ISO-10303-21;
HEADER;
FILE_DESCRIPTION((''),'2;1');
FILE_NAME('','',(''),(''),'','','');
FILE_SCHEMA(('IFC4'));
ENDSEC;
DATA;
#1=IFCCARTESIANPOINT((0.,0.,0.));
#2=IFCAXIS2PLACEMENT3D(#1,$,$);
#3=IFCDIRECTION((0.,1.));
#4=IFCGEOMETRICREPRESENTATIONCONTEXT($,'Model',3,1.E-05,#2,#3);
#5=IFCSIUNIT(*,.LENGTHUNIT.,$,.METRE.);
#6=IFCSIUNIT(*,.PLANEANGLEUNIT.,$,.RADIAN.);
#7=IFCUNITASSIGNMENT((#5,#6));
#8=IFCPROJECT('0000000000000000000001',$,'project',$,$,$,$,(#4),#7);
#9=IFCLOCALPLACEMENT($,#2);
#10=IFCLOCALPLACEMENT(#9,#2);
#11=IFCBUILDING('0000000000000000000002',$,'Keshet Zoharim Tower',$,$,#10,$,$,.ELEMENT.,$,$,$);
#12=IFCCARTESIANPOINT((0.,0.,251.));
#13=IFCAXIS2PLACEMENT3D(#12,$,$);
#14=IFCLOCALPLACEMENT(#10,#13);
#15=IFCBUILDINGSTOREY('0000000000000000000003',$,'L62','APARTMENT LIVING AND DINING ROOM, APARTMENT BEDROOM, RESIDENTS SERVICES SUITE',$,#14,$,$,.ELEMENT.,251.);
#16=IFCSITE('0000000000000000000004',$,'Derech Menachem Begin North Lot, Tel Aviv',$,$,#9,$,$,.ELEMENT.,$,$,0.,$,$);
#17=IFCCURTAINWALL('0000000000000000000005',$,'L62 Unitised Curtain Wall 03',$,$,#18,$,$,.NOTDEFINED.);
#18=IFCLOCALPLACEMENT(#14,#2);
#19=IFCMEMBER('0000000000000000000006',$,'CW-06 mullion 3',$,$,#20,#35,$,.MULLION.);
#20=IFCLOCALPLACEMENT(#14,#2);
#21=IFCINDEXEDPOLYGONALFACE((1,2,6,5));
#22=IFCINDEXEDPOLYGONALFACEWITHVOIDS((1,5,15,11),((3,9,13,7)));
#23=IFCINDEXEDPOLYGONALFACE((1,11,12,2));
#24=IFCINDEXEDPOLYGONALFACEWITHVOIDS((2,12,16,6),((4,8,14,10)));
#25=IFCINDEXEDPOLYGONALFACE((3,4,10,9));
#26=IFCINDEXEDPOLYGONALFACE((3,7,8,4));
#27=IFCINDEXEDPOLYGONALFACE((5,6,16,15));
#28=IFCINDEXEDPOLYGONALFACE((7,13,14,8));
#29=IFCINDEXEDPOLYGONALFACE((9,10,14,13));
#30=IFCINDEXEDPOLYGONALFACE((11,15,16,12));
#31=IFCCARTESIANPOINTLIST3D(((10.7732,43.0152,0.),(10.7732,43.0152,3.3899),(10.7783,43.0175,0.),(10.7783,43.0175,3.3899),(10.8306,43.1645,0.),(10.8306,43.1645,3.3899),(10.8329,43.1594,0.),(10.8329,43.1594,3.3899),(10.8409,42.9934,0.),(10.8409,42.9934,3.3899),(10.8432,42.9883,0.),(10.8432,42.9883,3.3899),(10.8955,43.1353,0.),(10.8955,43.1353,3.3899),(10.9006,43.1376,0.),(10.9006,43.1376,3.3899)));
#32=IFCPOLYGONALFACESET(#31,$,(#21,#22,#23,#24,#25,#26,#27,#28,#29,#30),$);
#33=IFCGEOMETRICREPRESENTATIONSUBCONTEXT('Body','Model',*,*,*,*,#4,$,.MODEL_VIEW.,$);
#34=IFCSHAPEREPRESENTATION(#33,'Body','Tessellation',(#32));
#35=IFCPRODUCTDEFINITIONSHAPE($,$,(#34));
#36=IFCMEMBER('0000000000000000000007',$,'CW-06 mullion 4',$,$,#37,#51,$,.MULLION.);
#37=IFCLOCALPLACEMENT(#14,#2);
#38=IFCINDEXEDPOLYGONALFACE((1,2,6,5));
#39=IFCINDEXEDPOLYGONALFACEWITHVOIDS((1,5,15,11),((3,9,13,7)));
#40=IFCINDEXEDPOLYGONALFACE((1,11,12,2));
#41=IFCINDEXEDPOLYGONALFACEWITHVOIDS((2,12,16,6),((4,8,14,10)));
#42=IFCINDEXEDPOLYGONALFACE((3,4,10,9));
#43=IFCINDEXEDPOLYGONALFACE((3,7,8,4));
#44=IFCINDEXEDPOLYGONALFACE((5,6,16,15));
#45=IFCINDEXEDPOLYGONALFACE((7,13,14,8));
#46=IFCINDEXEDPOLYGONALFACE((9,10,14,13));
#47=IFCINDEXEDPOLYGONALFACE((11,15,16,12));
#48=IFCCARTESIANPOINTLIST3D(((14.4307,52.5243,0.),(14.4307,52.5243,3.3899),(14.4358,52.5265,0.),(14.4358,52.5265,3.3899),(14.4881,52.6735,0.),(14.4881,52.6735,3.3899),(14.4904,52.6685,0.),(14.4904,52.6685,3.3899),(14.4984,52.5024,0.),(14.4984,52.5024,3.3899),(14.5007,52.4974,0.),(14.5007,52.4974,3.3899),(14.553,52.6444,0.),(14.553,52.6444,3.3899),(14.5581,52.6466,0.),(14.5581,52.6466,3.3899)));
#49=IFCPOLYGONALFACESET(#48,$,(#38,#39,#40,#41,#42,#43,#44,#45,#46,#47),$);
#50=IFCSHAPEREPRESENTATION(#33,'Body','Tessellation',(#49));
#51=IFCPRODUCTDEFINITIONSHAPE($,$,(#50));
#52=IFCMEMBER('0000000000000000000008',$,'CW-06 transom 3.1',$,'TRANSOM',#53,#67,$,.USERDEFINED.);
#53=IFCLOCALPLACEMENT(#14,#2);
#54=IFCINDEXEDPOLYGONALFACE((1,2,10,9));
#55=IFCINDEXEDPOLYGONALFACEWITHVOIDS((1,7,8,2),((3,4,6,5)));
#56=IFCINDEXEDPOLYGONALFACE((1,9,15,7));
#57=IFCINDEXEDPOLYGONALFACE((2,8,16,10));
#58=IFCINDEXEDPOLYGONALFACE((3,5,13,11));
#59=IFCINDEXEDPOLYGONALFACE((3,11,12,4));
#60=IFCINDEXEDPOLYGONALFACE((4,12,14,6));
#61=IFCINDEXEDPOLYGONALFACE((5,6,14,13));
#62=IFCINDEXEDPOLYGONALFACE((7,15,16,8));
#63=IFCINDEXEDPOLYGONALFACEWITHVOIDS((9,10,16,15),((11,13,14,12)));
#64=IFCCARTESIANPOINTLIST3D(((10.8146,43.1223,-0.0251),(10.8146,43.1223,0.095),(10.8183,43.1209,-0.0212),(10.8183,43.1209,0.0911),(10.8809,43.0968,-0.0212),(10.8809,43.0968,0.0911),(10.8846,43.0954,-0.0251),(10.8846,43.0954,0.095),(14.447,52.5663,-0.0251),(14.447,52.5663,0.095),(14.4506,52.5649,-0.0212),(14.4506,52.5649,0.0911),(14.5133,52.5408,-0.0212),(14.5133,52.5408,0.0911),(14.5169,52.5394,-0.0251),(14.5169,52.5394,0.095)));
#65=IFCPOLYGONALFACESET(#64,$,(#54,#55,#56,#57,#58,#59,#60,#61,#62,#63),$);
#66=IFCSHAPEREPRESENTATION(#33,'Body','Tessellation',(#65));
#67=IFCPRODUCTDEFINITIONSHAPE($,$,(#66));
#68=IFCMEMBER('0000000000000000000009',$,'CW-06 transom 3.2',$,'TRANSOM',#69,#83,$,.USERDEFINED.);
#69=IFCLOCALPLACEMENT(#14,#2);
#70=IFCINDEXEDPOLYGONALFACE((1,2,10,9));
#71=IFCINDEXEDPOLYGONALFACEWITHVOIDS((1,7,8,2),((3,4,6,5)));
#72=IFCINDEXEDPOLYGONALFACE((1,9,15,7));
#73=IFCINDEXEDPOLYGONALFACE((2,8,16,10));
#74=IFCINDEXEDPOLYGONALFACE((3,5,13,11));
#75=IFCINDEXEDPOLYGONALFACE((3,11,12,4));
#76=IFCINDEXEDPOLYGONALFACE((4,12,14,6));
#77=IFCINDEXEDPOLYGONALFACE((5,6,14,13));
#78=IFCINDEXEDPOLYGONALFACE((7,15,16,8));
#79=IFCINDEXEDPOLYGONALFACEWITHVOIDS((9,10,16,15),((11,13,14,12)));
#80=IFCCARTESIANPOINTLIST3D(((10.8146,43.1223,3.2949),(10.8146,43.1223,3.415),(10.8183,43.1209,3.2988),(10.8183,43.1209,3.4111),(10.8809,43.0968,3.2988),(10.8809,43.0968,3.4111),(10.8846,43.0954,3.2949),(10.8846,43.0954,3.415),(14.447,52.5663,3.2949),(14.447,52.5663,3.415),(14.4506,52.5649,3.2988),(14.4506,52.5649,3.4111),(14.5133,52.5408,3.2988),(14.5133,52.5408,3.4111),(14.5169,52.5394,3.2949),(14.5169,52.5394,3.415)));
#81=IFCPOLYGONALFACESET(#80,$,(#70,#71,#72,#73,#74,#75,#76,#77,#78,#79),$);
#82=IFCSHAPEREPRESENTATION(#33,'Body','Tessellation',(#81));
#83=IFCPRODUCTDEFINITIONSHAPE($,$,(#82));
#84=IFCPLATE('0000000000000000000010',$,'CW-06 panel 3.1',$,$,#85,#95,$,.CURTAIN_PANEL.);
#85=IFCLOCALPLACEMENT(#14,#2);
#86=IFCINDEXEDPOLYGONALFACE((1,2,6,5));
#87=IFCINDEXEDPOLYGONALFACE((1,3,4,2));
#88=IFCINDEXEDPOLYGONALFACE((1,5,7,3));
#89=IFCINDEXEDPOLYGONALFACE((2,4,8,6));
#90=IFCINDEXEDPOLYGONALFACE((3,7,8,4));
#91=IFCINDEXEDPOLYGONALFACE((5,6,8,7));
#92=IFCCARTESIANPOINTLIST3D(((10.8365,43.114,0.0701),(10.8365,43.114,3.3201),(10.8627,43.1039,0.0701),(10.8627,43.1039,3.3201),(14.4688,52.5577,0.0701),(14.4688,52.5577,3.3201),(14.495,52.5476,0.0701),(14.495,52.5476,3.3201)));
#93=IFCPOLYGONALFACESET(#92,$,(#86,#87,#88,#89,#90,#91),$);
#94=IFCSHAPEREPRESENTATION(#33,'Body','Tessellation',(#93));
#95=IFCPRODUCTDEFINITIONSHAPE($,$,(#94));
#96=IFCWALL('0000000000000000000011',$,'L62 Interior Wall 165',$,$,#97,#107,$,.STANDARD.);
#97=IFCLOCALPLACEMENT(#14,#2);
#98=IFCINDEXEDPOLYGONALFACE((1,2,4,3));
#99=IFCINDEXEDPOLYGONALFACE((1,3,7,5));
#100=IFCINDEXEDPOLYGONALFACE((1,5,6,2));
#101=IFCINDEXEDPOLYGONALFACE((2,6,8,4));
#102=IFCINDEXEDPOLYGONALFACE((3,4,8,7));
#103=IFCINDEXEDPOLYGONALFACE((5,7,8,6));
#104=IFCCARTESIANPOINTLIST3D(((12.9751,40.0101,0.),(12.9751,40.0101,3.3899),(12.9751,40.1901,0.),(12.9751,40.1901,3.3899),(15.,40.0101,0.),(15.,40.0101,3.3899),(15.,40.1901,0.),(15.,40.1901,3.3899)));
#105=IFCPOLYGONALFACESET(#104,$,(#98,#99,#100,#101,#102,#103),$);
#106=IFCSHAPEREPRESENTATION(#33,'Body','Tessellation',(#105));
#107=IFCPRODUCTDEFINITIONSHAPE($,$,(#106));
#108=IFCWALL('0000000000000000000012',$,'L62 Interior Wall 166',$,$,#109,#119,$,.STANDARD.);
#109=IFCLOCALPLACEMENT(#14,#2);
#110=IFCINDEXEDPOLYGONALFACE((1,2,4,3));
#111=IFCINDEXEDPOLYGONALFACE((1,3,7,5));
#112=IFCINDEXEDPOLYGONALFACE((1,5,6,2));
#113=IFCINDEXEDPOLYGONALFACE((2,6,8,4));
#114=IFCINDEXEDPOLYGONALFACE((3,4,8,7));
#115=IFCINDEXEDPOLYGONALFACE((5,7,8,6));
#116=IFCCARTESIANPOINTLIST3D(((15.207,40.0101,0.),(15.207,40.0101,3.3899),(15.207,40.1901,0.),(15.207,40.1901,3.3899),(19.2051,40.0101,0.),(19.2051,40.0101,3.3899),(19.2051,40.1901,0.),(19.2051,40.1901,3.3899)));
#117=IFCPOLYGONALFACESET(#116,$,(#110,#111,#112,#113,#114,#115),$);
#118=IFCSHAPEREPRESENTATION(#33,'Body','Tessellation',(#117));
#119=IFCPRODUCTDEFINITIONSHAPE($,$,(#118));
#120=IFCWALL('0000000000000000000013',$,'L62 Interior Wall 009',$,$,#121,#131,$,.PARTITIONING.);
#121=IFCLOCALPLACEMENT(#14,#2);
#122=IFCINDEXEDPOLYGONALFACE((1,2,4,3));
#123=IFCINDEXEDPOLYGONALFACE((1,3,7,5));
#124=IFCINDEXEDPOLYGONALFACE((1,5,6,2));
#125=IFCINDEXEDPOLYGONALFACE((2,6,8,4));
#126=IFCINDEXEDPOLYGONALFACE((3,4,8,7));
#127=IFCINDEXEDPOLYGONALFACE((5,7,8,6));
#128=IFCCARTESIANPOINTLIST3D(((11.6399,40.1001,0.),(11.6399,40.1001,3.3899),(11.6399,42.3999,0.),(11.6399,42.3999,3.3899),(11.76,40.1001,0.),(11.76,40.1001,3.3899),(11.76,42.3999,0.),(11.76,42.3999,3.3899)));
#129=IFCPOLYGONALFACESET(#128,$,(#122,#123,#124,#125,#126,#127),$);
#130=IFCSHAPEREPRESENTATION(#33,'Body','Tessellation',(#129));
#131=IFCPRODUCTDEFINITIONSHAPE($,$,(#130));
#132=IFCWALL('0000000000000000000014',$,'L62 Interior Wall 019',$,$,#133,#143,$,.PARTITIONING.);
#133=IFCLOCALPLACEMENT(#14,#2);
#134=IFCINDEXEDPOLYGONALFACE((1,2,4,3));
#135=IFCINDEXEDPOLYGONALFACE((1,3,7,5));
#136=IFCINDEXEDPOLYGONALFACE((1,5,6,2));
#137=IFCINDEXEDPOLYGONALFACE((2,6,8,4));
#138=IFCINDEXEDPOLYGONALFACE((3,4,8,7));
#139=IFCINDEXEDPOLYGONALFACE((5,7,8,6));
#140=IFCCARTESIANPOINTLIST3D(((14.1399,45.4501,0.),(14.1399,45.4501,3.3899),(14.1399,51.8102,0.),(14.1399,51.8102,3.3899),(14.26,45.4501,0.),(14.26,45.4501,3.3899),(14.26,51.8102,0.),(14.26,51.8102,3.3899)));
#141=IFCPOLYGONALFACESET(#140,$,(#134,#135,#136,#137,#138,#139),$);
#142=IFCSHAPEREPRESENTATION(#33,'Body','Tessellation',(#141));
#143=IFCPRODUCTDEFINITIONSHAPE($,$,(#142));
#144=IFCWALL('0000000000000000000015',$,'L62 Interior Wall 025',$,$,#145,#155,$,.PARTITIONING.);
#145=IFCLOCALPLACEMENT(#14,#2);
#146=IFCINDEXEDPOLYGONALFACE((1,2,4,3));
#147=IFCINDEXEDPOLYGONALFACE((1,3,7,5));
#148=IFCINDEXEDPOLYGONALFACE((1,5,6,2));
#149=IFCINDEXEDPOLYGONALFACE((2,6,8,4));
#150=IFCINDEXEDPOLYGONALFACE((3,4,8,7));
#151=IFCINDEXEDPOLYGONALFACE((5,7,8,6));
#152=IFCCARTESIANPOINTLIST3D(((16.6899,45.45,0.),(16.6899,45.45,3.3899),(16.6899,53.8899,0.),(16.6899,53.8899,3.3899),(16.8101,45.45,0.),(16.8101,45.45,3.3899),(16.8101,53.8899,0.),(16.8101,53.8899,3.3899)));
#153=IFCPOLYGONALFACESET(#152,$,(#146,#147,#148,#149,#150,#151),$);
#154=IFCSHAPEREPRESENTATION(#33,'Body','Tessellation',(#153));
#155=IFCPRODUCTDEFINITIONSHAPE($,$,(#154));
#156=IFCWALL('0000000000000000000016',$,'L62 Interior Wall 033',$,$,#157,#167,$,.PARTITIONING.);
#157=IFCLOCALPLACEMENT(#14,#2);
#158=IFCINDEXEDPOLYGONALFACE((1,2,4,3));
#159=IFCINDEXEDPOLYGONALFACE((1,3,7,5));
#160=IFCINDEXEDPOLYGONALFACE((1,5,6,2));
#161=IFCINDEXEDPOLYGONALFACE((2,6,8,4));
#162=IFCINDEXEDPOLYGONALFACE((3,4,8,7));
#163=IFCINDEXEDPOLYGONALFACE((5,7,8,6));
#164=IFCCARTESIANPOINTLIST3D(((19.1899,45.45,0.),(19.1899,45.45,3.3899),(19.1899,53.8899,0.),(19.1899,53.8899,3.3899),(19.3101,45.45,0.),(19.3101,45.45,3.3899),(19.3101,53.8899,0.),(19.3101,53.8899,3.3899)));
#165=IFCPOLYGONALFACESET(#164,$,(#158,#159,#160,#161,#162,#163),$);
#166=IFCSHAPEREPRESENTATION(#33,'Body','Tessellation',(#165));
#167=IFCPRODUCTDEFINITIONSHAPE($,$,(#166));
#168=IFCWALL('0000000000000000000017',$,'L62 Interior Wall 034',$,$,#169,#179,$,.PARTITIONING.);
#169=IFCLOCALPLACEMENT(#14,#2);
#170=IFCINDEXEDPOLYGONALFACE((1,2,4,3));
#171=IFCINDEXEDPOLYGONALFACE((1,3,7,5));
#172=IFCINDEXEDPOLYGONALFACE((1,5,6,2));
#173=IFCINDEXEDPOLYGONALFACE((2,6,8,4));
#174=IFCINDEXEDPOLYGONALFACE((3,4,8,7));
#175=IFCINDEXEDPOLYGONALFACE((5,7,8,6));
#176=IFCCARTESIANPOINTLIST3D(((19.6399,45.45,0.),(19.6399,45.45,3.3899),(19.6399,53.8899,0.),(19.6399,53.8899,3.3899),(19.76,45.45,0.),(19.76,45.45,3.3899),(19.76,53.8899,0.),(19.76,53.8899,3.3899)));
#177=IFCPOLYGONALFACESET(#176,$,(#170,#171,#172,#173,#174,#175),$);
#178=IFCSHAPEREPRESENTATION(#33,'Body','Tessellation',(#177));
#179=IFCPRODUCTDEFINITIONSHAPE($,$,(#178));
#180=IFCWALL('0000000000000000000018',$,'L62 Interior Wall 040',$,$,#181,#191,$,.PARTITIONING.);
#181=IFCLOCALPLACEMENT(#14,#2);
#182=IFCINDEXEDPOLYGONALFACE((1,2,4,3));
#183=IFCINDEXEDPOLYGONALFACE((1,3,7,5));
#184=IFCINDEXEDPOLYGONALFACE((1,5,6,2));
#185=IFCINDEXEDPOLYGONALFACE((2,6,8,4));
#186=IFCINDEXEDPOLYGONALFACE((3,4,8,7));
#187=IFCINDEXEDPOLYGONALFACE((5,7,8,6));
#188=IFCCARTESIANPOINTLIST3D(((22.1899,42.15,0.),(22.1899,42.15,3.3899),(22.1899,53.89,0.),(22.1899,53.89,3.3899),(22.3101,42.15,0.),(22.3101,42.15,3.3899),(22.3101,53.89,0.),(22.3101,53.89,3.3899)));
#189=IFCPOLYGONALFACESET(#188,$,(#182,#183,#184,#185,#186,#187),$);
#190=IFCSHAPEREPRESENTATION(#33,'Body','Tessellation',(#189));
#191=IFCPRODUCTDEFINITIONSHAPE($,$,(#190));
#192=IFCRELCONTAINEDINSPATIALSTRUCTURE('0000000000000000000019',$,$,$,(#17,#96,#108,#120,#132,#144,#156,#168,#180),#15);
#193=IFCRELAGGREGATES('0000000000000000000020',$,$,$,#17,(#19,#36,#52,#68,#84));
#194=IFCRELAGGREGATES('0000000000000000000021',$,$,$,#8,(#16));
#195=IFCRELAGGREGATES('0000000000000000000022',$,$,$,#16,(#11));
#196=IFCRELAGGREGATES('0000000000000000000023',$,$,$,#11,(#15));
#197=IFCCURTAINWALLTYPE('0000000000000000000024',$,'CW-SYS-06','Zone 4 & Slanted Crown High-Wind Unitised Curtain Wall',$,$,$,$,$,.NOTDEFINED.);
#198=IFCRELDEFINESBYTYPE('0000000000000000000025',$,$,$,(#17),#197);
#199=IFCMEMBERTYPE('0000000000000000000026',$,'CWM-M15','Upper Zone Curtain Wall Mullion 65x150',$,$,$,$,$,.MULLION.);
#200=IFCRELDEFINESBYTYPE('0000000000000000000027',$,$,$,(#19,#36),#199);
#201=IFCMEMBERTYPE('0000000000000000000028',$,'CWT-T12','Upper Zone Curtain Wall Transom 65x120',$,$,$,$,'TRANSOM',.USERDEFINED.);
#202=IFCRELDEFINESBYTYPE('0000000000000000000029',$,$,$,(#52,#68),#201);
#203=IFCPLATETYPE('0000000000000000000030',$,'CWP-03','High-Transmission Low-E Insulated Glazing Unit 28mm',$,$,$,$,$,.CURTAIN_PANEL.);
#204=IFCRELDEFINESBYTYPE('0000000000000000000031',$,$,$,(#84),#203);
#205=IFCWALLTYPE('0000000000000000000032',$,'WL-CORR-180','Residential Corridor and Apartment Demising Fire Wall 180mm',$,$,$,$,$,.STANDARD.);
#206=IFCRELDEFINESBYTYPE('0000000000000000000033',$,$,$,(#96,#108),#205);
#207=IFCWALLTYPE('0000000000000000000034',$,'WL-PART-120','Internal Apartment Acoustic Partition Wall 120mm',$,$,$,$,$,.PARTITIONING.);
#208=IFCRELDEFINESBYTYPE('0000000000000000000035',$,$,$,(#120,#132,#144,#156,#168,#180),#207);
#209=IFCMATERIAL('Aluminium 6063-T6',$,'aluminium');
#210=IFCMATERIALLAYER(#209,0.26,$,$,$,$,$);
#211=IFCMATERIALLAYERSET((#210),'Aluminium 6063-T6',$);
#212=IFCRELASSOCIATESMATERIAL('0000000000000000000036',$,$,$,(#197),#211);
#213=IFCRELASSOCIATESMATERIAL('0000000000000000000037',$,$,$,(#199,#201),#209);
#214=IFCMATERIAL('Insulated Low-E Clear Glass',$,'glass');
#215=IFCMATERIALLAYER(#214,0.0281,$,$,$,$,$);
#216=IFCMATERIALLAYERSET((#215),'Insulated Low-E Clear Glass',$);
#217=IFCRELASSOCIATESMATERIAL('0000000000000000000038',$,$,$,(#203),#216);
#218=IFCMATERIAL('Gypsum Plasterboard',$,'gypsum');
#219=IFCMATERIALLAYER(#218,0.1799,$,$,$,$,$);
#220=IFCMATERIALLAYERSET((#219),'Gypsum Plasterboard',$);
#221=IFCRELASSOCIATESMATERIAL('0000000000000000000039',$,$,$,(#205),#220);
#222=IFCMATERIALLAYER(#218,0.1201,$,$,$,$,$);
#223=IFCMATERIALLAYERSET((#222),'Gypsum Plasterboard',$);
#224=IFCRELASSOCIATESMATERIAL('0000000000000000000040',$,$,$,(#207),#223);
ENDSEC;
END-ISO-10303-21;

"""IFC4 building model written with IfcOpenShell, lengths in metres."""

from ifc_helpers import new_model, si_unit, direction, frame, frame_2d, origin, origin_2d, place, context, subcontext, project, spatial, rectangle, hollow_rectangle, extrude, material, layer, layer_set, material_profile, profile_set, type_object, element, aggregate, save


model = new_model("IFC4")

# Units and contexts
model_context = context("Model", 3, precision=1e-05, world=origin(), true_north=direction((0.0, 1.0)))
body_context = subcontext(model_context, "Body", "Model", "MODEL_VIEW")
ifc_project = project(units=[si_unit("LENGTHUNIT", "METRE"), si_unit("PLANEANGLEUNIT", "RADIAN")], contexts=[model_context])

# Site, building, storey
site_placement = place(None, origin())
site = spatial("IfcSite", under=ifc_project, at=site_placement, Name="Derech Menachem Begin North Lot, Tel Aviv", CompositionType="ELEMENT", RefElevation=0.0)
building_placement = place(site_placement, origin())
building = spatial("IfcBuilding", under=site, at=building_placement, Name="Keshet Zoharim Tower", CompositionType="ELEMENT")
storey_placement = place(building_placement, frame((0.0, 0.0, 251.0)))
storey = spatial("IfcBuildingStorey", under=building, at=storey_placement, Name="L62", Description="APARTMENT LIVING AND DINING ROOM, APARTMENT BEDROOM, RESIDENTS SERVICES SUITE", CompositionType="ELEMENT", Elevation=251.0)

# Curtain wall, members, plate
ifc_material_1 = material(Name="Aluminium 6063-T6", Category="aluminium")
ifc_layer_1 = layer(ifc_material_1, 0.26)
ifc_layer_set_1 = layer_set([ifc_layer_1], Name="Aluminium 6063-T6")
curtain_wall_type = type_object("IfcCurtainWallType", Name="CW-SYS-06", Description="Zone 4 & Slanted Crown High-Wind Unitised Curtain Wall", PredefinedType="NOTDEFINED", material=ifc_layer_set_1)
curtain_wall_placement = place(storey_placement, origin())
curtain_wall = element("IfcCurtainWall", 1, at=curtain_wall_placement, inside=storey, type_object=curtain_wall_type, Name="L62 Unitised Curtain Wall 03", PredefinedType="NOTDEFINED")
ifc_material_profile_1 = material_profile(ifc_material_1, hollow_rectangle(XDim=0.075, YDim=0.1599, WallThickness=0.0039, at=origin_2d()), Name="MUL-75x160")
ifc_profile_set_1 = profile_set([ifc_material_profile_1], Name="Aluminium 6063-T6")
member_type_1 = type_object("IfcMemberType", Name="CWM-M15", Description="Upper Zone Curtain Wall Mullion 65x150", PredefinedType="MULLION", material=ifc_profile_set_1)
member_1_placement = place(storey_placement, frame((10.8369, 43.0764, 0.0), z_axis=(0.0, 0.0, 1.0), x_axis=(-0.933341, 0.35899, 0.0)))
member_1 = element("IfcMember", 2, at=member_1_placement, type_object=member_type_1, Name="CW-06 mullion 3", PredefinedType="MULLION", context=body_context, shape_type="SweptSolid", body=[
    extrude(hollow_rectangle(XDim=0.075, YDim=0.1599, WallThickness=0.0039, at=origin_2d()), origin(), (0.0, 0.0, 1.0), 3.3899),
])
member_2_placement = place(storey_placement, frame((14.4944, 52.5854, 0.0), z_axis=(0.0, 0.0, 1.0), x_axis=(-0.933341, 0.35899, 0.0)))
member_2 = element("IfcMember", 3, at=member_2_placement, type_object=member_type_1, Name="CW-06 mullion 4", PredefinedType="MULLION", context=body_context, shape_type="SweptSolid", body=[
    extrude(hollow_rectangle(XDim=0.075, YDim=0.1599, WallThickness=0.0039, at=origin_2d()), origin(), (0.0, 0.0, 1.0), 3.3899),
])
ifc_material_profile_2 = material_profile(ifc_material_1, hollow_rectangle(XDim=0.075, YDim=0.1201, WallThickness=0.0039, at=origin_2d()), Name="TRN-75x120")
ifc_profile_set_2 = profile_set([ifc_material_profile_2], Name="Aluminium 6063-T6")
member_type_2 = type_object("IfcMemberType", Name="CWT-T12", Description="Upper Zone Curtain Wall Transom 65x120", ElementType="TRANSOM", PredefinedType="USERDEFINED", material=ifc_profile_set_2)
member_3_placement = place(storey_placement, frame((10.8496, 43.1089, 0.0349), z_axis=(0.358986, 0.933343, 0.0), x_axis=(-0.933343, 0.358986, 0.0)))
member_3 = element("IfcMember", 4, at=member_3_placement, type_object=member_type_2, Name="CW-06 transom 3.1", ObjectType="TRANSOM", PredefinedType="USERDEFINED", context=body_context, shape_type="SweptSolid", body=[
    extrude(hollow_rectangle(XDim=0.075, YDim=0.1201, WallThickness=0.0039, at=origin_2d()), origin(), (0.0, 0.0, 1.0), 10.1184),
])
member_4_placement = place(storey_placement, frame((10.8496, 43.1089, 3.355), z_axis=(0.358986, 0.933343, 0.0), x_axis=(-0.933343, 0.358986, 0.0)))
member_4 = element("IfcMember", 5, at=member_4_placement, type_object=member_type_2, Name="CW-06 transom 3.2", ObjectType="TRANSOM", PredefinedType="USERDEFINED", context=body_context, shape_type="SweptSolid", body=[
    extrude(hollow_rectangle(XDim=0.075, YDim=0.1201, WallThickness=0.0039, at=origin_2d()), origin(), (0.0, 0.0, 1.0), 10.1184),
])
ifc_material_2 = material(Name="Insulated Low-E Clear Glass", Category="glass")
ifc_layer_2 = layer(ifc_material_2, 0.0281)
ifc_layer_set_2 = layer_set([ifc_layer_2], Name="Insulated Low-E Clear Glass")
plate_type = type_object("IfcPlateType", Name="CWP-03", Description="High-Transmission Low-E Insulated Glazing Unit 28mm", PredefinedType="CURTAIN_PANEL", material=ifc_layer_set_2)
plate_placement = place(storey_placement, frame((12.6658, 47.8308, 0.0701), z_axis=(0.0, 0.0, 1.0), x_axis=(0.35899, 0.933341, 0.0)))
plate = element("IfcPlate", 6, at=plate_placement, type_object=plate_type, Name="CW-06 panel 3.1", PredefinedType="CURTAIN_PANEL", context=body_context, shape_type="SweptSolid", body=[
    extrude(rectangle(XDim=10.1182, YDim=0.0281, at=origin_2d()), origin(), (0.0, 0.0, 1.0), 3.25),
])
aggregate(curtain_wall, [member_1, member_2, member_3, member_4, plate])

# Walls
ifc_material_3 = material(Name="Gypsum Plasterboard", Category="gypsum")
ifc_layer_3 = layer(ifc_material_3, 0.1799)
ifc_layer_set_3 = layer_set([ifc_layer_3], Name="Gypsum Plasterboard")
wall_type_1 = type_object("IfcWallType", Name="WL-CORR-180", Description="Residential Corridor and Apartment Demising Fire Wall 180mm", PredefinedType="STANDARD", material=ifc_layer_set_3)
wall_1_placement = place(storey_placement, frame((12.9751, 40.1001, 0.0), z_axis=(0.0, 0.0, 1.0), x_axis=(1.0, 0.0, 0.0)))
element("IfcWall", 7, at=wall_1_placement, inside=storey, type_object=wall_type_1, Name="L62 Interior Wall 165", PredefinedType="STANDARD", context=body_context, shape_type="SweptSolid", body=[
    extrude(rectangle(XDim=2.0249, YDim=0.1799, at=frame_2d((1.0125, 0.0))), origin(), (0.0, 0.0, 1.0), 3.3899),
])
wall_2_placement = place(storey_placement, frame((15.207, 40.1001, 0.0), z_axis=(0.0, 0.0, 1.0), x_axis=(1.0, 0.0, 0.0)))
element("IfcWall", 8, at=wall_2_placement, inside=storey, type_object=wall_type_1, Name="L62 Interior Wall 166", PredefinedType="STANDARD", context=body_context, shape_type="SweptSolid", body=[
    extrude(rectangle(XDim=3.998, YDim=0.1799, at=frame_2d((1.999, 0.0))), origin(), (0.0, 0.0, 1.0), 3.3899),
])

# Walls
ifc_layer_4 = layer(ifc_material_3, 0.1201)
ifc_layer_set_4 = layer_set([ifc_layer_4], Name="Gypsum Plasterboard")
wall_type_2 = type_object("IfcWallType", Name="WL-PART-120", Description="Internal Apartment Acoustic Partition Wall 120mm", PredefinedType="PARTITIONING", material=ifc_layer_set_4)
wall_3_placement = place(storey_placement, frame((11.7, 40.1001, 0.0), z_axis=(0.0, 0.0, 1.0), x_axis=(0.0, 1.0, 0.0)))
element("IfcWall", 9, at=wall_3_placement, inside=storey, type_object=wall_type_2, Name="L62 Interior Wall 009", PredefinedType="PARTITIONING", context=body_context, shape_type="SweptSolid", body=[
    extrude(rectangle(XDim=2.2998, YDim=0.1201, at=frame_2d((1.1499, 0.0))), origin(), (0.0, 0.0, 1.0), 3.3899),
])
wall_4_placement = place(storey_placement, frame((14.2, 45.45, 0.0), z_axis=(0.0, 0.0, 1.0), x_axis=(0.0, 1.0, 0.0)))
element("IfcWall", 10, at=wall_4_placement, inside=storey, type_object=wall_type_2, Name="L62 Interior Wall 019", PredefinedType="PARTITIONING", context=body_context, shape_type="SweptSolid", body=[
    extrude(rectangle(XDim=6.3601, YDim=0.1201, at=frame_2d((3.1802, 0.0))), origin(), (0.0, 0.0, 1.0), 3.3899),
])
for number, where, z_axis, x_axis, name in (
    (11, (16.75, 45.45, 0.0), (0.0, 0.0, 1.0), (0.0, 1.0, 0.0), "L62 Interior Wall 025"),
    (12, (19.25, 45.45, 0.0), (0.0, 0.0, 1.0), (0.0, 1.0, 0.0), "L62 Interior Wall 033"),
    (13, (19.7, 45.45, 0.0), (0.0, 0.0, 1.0), (0.0, 1.0, 0.0), "L62 Interior Wall 034"),
):
    element("IfcWall", number, at=place(storey_placement, frame(where, z_axis=z_axis, x_axis=x_axis)), inside=storey, type_object=wall_type_2, Name=name, PredefinedType="PARTITIONING", context=body_context, shape_type="SweptSolid", body=[
        extrude(rectangle(XDim=8.4399, YDim=0.1201, at=frame_2d((4.22, 0.0))), origin(), (0.0, 0.0, 1.0), 3.3899),
    ])
wall_5_placement = place(storey_placement, frame((22.25, 42.1499, 0.0), z_axis=(0.0, 0.0, 1.0), x_axis=(0.0, 1.0, 0.0)))
element("IfcWall", 14, at=wall_5_placement, inside=storey, type_object=wall_type_2, Name="L62 Interior Wall 040", PredefinedType="PARTITIONING", context=body_context, shape_type="SweptSolid", body=[
    extrude(rectangle(XDim=11.74, YDim=0.1201, at=frame_2d((5.8701, 0.0))), origin(), (0.0, 0.0, 1.0), 3.3899),
])

save(model, "model.ifc")
